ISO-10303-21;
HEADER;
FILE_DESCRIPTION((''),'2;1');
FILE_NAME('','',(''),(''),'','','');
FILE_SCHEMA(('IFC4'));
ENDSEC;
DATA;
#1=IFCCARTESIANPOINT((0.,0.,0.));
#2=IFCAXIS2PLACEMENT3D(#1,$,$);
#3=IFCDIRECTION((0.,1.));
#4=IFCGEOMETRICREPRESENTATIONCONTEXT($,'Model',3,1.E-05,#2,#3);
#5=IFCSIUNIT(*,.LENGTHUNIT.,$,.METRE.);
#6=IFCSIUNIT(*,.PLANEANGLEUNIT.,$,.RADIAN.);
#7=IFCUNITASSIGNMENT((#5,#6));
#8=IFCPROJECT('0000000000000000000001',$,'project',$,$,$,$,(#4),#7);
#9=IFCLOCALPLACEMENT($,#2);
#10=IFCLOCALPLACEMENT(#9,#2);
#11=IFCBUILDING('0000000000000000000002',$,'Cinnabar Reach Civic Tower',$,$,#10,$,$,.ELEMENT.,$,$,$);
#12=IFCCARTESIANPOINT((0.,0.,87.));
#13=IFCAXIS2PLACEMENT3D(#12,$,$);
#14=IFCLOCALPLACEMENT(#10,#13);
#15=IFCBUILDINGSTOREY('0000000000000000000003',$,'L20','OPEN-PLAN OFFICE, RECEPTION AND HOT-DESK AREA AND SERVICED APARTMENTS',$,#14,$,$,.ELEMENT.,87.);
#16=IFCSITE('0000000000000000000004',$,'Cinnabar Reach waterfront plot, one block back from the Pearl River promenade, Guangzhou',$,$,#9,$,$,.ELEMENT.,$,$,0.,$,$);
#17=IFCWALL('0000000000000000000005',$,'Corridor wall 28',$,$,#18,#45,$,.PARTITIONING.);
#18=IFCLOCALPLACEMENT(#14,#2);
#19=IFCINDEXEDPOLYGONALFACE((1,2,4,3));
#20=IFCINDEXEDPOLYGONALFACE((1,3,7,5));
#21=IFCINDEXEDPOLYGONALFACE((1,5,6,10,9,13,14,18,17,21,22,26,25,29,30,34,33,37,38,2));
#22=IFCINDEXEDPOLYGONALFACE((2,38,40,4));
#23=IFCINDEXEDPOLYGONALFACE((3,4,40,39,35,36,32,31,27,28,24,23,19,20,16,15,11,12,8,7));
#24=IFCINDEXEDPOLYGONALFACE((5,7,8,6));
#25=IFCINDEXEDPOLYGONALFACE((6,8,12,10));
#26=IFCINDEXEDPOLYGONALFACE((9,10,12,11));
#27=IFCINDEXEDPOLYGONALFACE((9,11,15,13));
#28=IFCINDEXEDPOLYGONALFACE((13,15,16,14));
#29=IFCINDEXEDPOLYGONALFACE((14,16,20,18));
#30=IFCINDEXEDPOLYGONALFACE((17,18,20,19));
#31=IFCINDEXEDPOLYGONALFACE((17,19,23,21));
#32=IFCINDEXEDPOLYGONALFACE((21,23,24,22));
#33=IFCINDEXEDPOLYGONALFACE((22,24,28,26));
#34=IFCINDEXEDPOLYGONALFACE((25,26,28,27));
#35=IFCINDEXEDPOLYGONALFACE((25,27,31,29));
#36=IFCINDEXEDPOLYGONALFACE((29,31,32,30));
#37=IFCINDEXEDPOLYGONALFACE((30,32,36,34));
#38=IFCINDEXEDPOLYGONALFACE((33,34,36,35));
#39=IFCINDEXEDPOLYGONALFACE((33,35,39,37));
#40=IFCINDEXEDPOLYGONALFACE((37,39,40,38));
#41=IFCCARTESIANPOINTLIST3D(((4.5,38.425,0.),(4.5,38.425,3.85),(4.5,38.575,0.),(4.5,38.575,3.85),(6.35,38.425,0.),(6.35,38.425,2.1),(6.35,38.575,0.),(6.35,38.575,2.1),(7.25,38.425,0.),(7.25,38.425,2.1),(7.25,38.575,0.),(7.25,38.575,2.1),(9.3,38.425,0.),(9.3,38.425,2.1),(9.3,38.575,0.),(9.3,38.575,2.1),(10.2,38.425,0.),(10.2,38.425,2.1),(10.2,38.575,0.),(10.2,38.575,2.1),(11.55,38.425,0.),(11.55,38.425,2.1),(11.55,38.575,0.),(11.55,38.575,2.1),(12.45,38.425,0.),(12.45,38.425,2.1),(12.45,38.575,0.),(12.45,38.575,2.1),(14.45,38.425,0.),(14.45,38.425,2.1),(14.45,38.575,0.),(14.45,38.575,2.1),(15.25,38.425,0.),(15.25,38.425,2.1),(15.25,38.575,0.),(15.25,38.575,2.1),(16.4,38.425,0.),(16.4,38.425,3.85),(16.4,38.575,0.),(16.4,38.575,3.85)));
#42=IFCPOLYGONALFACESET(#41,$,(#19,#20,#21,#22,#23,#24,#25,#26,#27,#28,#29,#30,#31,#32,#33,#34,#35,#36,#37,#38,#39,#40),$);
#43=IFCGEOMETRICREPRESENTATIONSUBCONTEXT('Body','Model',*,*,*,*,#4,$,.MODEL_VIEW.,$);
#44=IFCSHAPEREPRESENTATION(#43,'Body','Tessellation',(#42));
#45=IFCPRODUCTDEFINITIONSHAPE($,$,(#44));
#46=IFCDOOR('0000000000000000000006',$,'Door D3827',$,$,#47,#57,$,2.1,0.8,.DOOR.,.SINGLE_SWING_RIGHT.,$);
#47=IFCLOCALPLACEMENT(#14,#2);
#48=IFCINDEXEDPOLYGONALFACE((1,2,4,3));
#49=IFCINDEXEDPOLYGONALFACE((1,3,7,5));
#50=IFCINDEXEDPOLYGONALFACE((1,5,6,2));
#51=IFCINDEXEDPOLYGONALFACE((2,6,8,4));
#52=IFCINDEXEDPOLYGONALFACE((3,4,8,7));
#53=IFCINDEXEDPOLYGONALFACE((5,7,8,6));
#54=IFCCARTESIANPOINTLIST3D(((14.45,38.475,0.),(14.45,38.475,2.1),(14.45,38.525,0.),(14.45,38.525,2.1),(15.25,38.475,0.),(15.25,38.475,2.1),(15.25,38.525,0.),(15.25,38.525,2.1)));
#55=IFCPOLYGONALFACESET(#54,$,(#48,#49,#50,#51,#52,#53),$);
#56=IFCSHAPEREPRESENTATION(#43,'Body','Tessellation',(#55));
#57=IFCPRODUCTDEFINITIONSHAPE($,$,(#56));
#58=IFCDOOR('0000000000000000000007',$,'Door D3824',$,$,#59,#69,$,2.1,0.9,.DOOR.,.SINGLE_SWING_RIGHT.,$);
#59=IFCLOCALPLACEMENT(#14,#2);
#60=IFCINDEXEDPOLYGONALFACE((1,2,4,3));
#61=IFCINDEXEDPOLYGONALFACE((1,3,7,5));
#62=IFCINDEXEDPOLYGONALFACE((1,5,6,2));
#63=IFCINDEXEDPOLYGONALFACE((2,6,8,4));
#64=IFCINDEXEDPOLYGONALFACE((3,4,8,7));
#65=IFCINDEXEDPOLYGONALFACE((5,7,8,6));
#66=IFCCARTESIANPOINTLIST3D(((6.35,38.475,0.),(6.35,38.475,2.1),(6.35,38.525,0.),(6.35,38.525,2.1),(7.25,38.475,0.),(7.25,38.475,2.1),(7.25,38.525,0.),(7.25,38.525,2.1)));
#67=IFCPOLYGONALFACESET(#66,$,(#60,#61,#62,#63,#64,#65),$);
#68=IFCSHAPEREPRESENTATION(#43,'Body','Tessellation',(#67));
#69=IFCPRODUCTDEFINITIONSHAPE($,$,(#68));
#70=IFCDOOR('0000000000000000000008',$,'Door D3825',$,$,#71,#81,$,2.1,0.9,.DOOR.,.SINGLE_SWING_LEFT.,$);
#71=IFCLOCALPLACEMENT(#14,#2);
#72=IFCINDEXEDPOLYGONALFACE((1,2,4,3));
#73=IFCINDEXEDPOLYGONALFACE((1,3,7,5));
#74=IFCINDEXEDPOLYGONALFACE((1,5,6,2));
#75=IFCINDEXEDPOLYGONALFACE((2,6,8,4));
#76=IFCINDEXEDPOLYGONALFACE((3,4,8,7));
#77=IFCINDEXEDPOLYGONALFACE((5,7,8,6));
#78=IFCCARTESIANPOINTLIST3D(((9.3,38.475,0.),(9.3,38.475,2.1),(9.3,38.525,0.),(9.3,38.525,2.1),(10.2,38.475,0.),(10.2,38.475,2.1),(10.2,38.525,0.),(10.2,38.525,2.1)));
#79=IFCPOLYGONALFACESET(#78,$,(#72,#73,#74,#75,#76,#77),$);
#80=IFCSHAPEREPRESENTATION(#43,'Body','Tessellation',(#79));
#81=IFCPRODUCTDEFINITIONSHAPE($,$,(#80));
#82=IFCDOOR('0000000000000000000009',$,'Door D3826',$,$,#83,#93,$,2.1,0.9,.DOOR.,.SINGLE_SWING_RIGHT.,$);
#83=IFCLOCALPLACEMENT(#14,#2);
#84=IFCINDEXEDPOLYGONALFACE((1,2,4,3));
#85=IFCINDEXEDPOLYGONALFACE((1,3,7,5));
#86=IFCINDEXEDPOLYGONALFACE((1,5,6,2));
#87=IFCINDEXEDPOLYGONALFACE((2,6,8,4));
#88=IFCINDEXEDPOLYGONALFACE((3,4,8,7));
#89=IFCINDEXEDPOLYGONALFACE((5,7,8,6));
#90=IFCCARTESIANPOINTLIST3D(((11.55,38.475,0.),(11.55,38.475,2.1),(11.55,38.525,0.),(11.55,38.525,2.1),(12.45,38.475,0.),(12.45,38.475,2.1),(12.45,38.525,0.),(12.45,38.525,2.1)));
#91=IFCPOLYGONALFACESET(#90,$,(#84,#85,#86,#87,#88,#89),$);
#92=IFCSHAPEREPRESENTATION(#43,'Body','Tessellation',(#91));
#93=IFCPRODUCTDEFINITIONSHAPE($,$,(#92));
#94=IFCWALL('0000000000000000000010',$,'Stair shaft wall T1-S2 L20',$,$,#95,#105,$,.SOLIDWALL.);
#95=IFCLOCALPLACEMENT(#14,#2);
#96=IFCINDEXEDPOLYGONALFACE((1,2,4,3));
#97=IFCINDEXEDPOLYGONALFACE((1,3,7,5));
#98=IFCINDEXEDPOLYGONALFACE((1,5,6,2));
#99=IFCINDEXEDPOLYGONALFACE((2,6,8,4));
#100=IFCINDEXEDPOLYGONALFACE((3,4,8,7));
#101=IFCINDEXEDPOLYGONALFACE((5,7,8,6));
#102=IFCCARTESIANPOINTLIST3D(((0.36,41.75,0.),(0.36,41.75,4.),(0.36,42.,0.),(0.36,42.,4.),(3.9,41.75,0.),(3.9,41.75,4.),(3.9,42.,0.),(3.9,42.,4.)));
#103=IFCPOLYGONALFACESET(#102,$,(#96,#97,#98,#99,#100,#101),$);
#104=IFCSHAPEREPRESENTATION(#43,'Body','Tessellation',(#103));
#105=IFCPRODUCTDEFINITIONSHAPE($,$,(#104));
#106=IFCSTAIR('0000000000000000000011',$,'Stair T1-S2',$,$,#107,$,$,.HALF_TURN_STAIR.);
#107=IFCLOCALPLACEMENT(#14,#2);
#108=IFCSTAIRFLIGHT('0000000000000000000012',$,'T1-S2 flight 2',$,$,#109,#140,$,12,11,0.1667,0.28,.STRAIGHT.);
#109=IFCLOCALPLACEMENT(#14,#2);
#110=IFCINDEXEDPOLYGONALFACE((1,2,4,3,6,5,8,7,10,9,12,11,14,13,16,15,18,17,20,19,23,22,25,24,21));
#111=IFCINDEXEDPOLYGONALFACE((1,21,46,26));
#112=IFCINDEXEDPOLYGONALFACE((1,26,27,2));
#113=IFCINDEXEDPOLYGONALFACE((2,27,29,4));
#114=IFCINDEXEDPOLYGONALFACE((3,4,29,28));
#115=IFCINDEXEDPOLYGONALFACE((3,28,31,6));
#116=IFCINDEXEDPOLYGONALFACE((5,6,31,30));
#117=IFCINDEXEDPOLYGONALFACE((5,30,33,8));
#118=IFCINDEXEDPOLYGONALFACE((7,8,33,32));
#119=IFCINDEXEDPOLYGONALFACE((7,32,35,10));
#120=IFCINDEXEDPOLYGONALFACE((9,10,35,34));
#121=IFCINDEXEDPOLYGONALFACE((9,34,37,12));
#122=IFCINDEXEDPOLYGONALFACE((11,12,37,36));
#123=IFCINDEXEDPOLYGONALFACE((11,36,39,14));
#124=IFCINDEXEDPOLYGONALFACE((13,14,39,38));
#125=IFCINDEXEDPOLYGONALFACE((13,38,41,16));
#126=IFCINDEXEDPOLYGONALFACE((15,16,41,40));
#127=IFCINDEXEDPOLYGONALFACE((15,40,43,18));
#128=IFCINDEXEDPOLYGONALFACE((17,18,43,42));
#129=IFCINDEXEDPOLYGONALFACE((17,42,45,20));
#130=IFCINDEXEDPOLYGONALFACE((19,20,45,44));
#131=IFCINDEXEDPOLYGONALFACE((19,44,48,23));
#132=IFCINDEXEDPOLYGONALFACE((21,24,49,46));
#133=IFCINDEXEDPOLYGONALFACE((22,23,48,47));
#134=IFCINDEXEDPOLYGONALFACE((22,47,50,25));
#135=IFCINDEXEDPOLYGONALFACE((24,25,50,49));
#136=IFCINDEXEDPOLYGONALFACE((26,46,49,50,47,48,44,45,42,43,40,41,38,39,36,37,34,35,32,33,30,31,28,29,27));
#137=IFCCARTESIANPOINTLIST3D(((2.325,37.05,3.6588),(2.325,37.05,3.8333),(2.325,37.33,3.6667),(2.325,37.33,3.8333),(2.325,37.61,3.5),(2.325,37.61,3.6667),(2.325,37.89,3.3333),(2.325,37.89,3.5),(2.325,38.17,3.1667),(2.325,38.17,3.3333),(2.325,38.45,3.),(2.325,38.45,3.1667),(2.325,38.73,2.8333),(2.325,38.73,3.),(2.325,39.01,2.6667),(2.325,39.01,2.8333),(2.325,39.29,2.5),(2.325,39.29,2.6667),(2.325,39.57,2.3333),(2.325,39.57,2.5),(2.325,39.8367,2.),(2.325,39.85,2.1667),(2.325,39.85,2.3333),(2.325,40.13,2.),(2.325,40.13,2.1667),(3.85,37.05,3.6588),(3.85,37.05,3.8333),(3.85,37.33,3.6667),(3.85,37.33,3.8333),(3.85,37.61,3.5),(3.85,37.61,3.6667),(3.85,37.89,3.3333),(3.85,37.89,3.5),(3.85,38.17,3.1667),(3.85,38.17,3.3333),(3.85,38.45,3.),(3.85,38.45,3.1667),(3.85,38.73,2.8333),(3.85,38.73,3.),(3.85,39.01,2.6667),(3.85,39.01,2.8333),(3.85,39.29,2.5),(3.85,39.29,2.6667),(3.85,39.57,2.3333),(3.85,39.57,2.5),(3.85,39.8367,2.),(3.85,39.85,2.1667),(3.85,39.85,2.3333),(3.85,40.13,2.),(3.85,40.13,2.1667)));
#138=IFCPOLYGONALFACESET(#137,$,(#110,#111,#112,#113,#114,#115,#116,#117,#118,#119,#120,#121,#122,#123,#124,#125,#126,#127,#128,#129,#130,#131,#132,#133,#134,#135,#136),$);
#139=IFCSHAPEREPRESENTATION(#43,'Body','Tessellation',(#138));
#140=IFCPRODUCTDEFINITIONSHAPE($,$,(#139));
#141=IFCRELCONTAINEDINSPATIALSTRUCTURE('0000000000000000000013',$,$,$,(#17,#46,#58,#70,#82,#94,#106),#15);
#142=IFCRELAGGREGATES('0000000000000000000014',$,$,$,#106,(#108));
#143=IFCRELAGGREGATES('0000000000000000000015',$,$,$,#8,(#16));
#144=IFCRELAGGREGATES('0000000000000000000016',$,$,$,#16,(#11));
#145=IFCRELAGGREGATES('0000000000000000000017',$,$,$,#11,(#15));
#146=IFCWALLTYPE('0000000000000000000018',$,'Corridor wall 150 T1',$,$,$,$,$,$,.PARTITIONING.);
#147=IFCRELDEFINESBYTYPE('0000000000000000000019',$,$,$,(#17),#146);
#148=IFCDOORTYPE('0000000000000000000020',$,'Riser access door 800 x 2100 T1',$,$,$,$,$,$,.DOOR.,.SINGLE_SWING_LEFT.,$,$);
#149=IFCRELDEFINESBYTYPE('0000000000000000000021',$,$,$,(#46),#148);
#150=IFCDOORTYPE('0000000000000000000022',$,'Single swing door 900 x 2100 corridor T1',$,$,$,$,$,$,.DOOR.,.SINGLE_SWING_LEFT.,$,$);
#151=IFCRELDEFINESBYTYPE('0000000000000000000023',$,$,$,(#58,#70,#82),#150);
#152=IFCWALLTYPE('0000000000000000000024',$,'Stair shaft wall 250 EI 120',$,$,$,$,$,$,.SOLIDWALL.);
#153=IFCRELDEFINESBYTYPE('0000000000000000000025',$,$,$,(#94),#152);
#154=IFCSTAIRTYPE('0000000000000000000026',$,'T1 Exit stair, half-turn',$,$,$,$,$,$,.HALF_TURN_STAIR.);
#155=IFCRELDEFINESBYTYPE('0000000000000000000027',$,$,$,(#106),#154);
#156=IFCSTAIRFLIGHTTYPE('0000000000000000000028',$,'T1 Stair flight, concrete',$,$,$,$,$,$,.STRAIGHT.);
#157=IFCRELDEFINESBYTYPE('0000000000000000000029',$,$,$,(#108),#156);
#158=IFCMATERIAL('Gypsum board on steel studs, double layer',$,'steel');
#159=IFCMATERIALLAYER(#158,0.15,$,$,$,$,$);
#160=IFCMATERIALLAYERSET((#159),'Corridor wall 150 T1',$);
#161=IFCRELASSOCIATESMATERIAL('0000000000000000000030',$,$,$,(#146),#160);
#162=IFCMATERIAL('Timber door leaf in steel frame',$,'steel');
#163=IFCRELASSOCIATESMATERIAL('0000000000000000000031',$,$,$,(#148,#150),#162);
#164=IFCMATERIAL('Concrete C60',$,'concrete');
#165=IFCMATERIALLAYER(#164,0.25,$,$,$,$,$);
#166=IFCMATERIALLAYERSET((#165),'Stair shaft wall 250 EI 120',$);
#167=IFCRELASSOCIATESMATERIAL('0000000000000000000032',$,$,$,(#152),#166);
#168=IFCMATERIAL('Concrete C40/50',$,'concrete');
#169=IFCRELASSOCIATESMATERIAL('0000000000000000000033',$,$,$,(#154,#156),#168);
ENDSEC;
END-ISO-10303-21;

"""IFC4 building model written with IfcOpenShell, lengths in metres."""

from ifc_helpers import new_model, si_unit, direction, frame, frame_2d, origin, place, context, subcontext, project, spatial, polyline, rectangle, outline, extrude, material, layer, layer_set, type_object, element, fill, aggregate, save


model = new_model("IFC4")

# Units and contexts
model_context = context("Model", 3, precision=1e-05, world=origin(), true_north=direction((0.0, 1.0)))
body_context = subcontext(model_context, "Body", "Model", "MODEL_VIEW")
ifc_project = project(units=[si_unit("LENGTHUNIT", "METRE"), si_unit("PLANEANGLEUNIT", "RADIAN")], contexts=[model_context])

# Site, building, storey
site_placement = place(None, origin())
site = spatial("IfcSite", under=ifc_project, at=site_placement, Name="Cinnabar Reach waterfront plot, one block back from the Pearl River promenade, Guangzhou", CompositionType="ELEMENT", RefElevation=0.0)
building_placement = place(site_placement, origin())
building = spatial("IfcBuilding", under=site, at=building_placement, Name="Cinnabar Reach Civic Tower", CompositionType="ELEMENT")
storey_placement = place(building_placement, frame((0.0, 0.0, 87.0)))
storey = spatial("IfcBuildingStorey", under=building, at=storey_placement, Name="L20", Description="OPEN-PLAN OFFICE, RECEPTION AND HOT-DESK AREA AND SERVICED APARTMENTS", CompositionType="ELEMENT", Elevation=87.0)

# Shared definitions
ifc_material_1 = material(Name="Timber door leaf in steel frame", Category="steel")

# Wall, openings, doors
ifc_material_2 = material(Name="Gypsum board on steel studs, double layer", Category="steel")
ifc_layer_1 = layer(ifc_material_2, 0.15)
ifc_layer_set_1 = layer_set([ifc_layer_1], Name="Corridor wall 150 T1")
wall_type_1 = type_object("IfcWallType", Name="Corridor wall 150 T1", PredefinedType="PARTITIONING", material=ifc_layer_set_1)
wall_1_placement = place(storey_placement, frame((4.5, 38.5, 0.0), z_axis=(0.0, 0.0, 1.0), x_axis=(1.0, 0.0, 0.0)))
wall_1 = element("IfcWall", 1, at=wall_1_placement, inside=storey, type_object=wall_type_1, Name="Corridor wall 28", PredefinedType="PARTITIONING", context=body_context, shape_type="SweptSolid", body=[
    extrude(rectangle(XDim=11.9, YDim=0.15, at=frame_2d((5.95, 0.0))), origin(), (0.0, 0.0, 1.0), 3.85),
])
opening_1_placement = place(wall_1_placement, frame((1.85, 0.0, 0.0)))
opening_1 = element("IfcOpeningElement", 2, at=opening_1_placement, cuts=wall_1, PredefinedType="OPENING", context=body_context, shape_type="SweptSolid", body=[
    extrude(rectangle(XDim=0.9, YDim=2.1, at=frame_2d((0.45, 1.05))), frame((0.0, 0.085, 0.0), z_axis=(0.0, -1.0, 0.0), x_axis=(1.0, 0.0, 0.0)), (0.0, 0.0, 1.0), 0.17),
])
opening_2_placement = place(wall_1_placement, frame((4.8, 0.0, 0.0)))
opening_2 = element("IfcOpeningElement", 3, at=opening_2_placement, cuts=wall_1, PredefinedType="OPENING", context=body_context, shape_type="SweptSolid", body=[
    extrude(rectangle(XDim=0.9, YDim=2.1, at=frame_2d((0.45, 1.05))), frame((0.0, 0.085, 0.0), z_axis=(0.0, -1.0, 0.0), x_axis=(1.0, 0.0, 0.0)), (0.0, 0.0, 1.0), 0.17),
])
opening_3_placement = place(wall_1_placement, frame((7.05, 0.0, 0.0)))
opening_3 = element("IfcOpeningElement", 4, at=opening_3_placement, cuts=wall_1, PredefinedType="OPENING", context=body_context, shape_type="SweptSolid", body=[
    extrude(rectangle(XDim=0.9, YDim=2.1, at=frame_2d((0.45, 1.05))), frame((0.0, 0.085, 0.0), z_axis=(0.0, -1.0, 0.0), x_axis=(1.0, 0.0, 0.0)), (0.0, 0.0, 1.0), 0.17),
])
opening_4_placement = place(wall_1_placement, frame((9.95, 0.0, 0.0)))
opening_4 = element("IfcOpeningElement", 5, at=opening_4_placement, cuts=wall_1, PredefinedType="OPENING", context=body_context, shape_type="SweptSolid", body=[
    extrude(rectangle(XDim=0.8, YDim=2.1, at=frame_2d((0.4, 1.05))), frame((0.0, 0.085, 0.0), z_axis=(0.0, -1.0, 0.0), x_axis=(1.0, 0.0, 0.0)), (0.0, 0.0, 1.0), 0.17),
])
door_type_1 = type_object("IfcDoorType", Name="Riser access door 800 x 2100 T1", OperationType="SINGLE_SWING_LEFT", PredefinedType="DOOR", material=ifc_material_1)
door_1_placement = place(opening_4_placement, origin())
door_1 = element("IfcDoor", 6, at=door_1_placement, inside=storey, type_object=door_type_1, Name="Door D3827", OperationType="SINGLE_SWING_RIGHT", OverallHeight=2.1, OverallWidth=0.8, PredefinedType="DOOR", context=body_context, shape_type="SweptSolid", body=[
    extrude(rectangle(XDim=0.8, YDim=2.1, at=frame_2d((0.4, 1.05))), frame((0.0, 0.025, 0.0), z_axis=(0.0, -1.0, 0.0), x_axis=(1.0, 0.0, 0.0)), (0.0, 0.0, 1.0), 0.05),
])
fill(opening_4, door_1)
door_type_2 = type_object("IfcDoorType", Name="Single swing door 900 x 2100 corridor T1", OperationType="SINGLE_SWING_LEFT", PredefinedType="DOOR", material=ifc_material_1)
door_2_placement = place(opening_1_placement, origin())
door_2 = element("IfcDoor", 7, at=door_2_placement, inside=storey, type_object=door_type_2, Name="Door D3824", OperationType="SINGLE_SWING_RIGHT", OverallHeight=2.1, OverallWidth=0.9, PredefinedType="DOOR", context=body_context, shape_type="SweptSolid", body=[
    extrude(rectangle(XDim=0.9, YDim=2.1, at=frame_2d((0.45, 1.05))), frame((0.0, 0.025, 0.0), z_axis=(0.0, -1.0, 0.0), x_axis=(1.0, 0.0, 0.0)), (0.0, 0.0, 1.0), 0.05),
])
fill(opening_1, door_2)
door_3_placement = place(opening_2_placement, origin())
door_3 = element("IfcDoor", 8, at=door_3_placement, inside=storey, type_object=door_type_2, Name="Door D3825", OperationType="SINGLE_SWING_LEFT", OverallHeight=2.1, OverallWidth=0.9, PredefinedType="DOOR", context=body_context, shape_type="SweptSolid", body=[
    extrude(rectangle(XDim=0.9, YDim=2.1, at=frame_2d((0.45, 1.05))), frame((0.0, 0.025, 0.0), z_axis=(0.0, -1.0, 0.0), x_axis=(1.0, 0.0, 0.0)), (0.0, 0.0, 1.0), 0.05),
])
fill(opening_2, door_3)
door_4_placement = place(opening_3_placement, origin())
door_4 = element("IfcDoor", 9, at=door_4_placement, inside=storey, type_object=door_type_2, Name="Door D3826", OperationType="SINGLE_SWING_RIGHT", OverallHeight=2.1, OverallWidth=0.9, PredefinedType="DOOR", context=body_context, shape_type="SweptSolid", body=[
    extrude(rectangle(XDim=0.9, YDim=2.1, at=frame_2d((0.45, 1.05))), frame((0.0, 0.025, 0.0), z_axis=(0.0, -1.0, 0.0), x_axis=(1.0, 0.0, 0.0)), (0.0, 0.0, 1.0), 0.05),
])
fill(opening_3, door_4)

# Wall
ifc_material_3 = material(Name="Concrete C60", Category="concrete")
ifc_layer_2 = layer(ifc_material_3, 0.25)
ifc_layer_set_2 = layer_set([ifc_layer_2], Name="Stair shaft wall 250 EI 120")
wall_type_2 = type_object("IfcWallType", Name="Stair shaft wall 250 EI 120", PredefinedType="SOLIDWALL", material=ifc_layer_set_2)
wall_2_placement = place(storey_placement, frame((3.9, 41.875, 0.0), z_axis=(0.0, 0.0, 1.0), x_axis=(-1.0, 0.0, 0.0)))
element("IfcWall", 10, at=wall_2_placement, inside=storey, type_object=wall_type_2, Name="Stair shaft wall T1-S2 L20", PredefinedType="SOLIDWALL", context=body_context, shape_type="SweptSolid", body=[
    extrude(rectangle(XDim=3.54, YDim=0.25, at=frame_2d((1.77, 0.0))), origin(), (0.0, 0.0, 1.0), 4.0),
])

# Stair, stair flight
ifc_material_4 = material(Name="Concrete C40/50", Category="concrete")
stair_type = type_object("IfcStairType", Name="T1 Exit stair, half-turn", PredefinedType="HALF_TURN_STAIR", material=ifc_material_4)
stair_placement = place(storey_placement, origin())
stair = element("IfcStair", 11, at=stair_placement, inside=storey, type_object=stair_type, Name="Stair T1-S2", PredefinedType="HALF_TURN_STAIR")
stair_flight_type = type_object("IfcStairFlightType", Name="T1 Stair flight, concrete", PredefinedType="STRAIGHT", material=ifc_material_4)
stair_flight_placement = place(storey_placement, frame((3.0875, 40.13, 2.0), z_axis=(0.0, 0.0, 1.0), x_axis=(0.0, -1.0, 0.0)))
stair_flight = element("IfcStairFlight", 12, at=stair_flight_placement, type_object=stair_flight_type, Name="T1-S2 flight 2", NumberOfRisers=12, NumberOfTreads=11, PredefinedType="STRAIGHT", RiserHeight=0.1667, TreadLength=0.28, context=body_context, shape_type="SweptSolid", body=[
    extrude(outline(polyline([(0.0, 0.0), (0.0, 0.1667), (0.28, 0.1667), (0.28, 0.3333), (0.56, 0.3333), (0.56, 0.5), (0.84, 0.5), (0.84, 0.6667), (1.12, 0.6667), (1.12, 0.8333), (1.4, 0.8333), (1.4, 1.0), (1.68, 1.0), (1.68, 1.1667), (1.96, 1.1667), (1.96, 1.3333), (2.24, 1.3333), (2.24, 1.5), (2.52, 1.5), (2.52, 1.6667), (2.8, 1.6667), (2.8, 1.8333), (3.08, 1.8333), (3.08, 2.0), (3.08, 1.6588), (0.2933, 0.0), (0.0, 0.0)])), frame((0.0, 0.7625, 0.0), z_axis=(0.0, -1.0, 0.0), x_axis=(1.0, 0.0, 0.0)), (0.0, 0.0, 1.0), 1.525),
])
aggregate(stair, [stair_flight])

save(model, "model.ifc")
